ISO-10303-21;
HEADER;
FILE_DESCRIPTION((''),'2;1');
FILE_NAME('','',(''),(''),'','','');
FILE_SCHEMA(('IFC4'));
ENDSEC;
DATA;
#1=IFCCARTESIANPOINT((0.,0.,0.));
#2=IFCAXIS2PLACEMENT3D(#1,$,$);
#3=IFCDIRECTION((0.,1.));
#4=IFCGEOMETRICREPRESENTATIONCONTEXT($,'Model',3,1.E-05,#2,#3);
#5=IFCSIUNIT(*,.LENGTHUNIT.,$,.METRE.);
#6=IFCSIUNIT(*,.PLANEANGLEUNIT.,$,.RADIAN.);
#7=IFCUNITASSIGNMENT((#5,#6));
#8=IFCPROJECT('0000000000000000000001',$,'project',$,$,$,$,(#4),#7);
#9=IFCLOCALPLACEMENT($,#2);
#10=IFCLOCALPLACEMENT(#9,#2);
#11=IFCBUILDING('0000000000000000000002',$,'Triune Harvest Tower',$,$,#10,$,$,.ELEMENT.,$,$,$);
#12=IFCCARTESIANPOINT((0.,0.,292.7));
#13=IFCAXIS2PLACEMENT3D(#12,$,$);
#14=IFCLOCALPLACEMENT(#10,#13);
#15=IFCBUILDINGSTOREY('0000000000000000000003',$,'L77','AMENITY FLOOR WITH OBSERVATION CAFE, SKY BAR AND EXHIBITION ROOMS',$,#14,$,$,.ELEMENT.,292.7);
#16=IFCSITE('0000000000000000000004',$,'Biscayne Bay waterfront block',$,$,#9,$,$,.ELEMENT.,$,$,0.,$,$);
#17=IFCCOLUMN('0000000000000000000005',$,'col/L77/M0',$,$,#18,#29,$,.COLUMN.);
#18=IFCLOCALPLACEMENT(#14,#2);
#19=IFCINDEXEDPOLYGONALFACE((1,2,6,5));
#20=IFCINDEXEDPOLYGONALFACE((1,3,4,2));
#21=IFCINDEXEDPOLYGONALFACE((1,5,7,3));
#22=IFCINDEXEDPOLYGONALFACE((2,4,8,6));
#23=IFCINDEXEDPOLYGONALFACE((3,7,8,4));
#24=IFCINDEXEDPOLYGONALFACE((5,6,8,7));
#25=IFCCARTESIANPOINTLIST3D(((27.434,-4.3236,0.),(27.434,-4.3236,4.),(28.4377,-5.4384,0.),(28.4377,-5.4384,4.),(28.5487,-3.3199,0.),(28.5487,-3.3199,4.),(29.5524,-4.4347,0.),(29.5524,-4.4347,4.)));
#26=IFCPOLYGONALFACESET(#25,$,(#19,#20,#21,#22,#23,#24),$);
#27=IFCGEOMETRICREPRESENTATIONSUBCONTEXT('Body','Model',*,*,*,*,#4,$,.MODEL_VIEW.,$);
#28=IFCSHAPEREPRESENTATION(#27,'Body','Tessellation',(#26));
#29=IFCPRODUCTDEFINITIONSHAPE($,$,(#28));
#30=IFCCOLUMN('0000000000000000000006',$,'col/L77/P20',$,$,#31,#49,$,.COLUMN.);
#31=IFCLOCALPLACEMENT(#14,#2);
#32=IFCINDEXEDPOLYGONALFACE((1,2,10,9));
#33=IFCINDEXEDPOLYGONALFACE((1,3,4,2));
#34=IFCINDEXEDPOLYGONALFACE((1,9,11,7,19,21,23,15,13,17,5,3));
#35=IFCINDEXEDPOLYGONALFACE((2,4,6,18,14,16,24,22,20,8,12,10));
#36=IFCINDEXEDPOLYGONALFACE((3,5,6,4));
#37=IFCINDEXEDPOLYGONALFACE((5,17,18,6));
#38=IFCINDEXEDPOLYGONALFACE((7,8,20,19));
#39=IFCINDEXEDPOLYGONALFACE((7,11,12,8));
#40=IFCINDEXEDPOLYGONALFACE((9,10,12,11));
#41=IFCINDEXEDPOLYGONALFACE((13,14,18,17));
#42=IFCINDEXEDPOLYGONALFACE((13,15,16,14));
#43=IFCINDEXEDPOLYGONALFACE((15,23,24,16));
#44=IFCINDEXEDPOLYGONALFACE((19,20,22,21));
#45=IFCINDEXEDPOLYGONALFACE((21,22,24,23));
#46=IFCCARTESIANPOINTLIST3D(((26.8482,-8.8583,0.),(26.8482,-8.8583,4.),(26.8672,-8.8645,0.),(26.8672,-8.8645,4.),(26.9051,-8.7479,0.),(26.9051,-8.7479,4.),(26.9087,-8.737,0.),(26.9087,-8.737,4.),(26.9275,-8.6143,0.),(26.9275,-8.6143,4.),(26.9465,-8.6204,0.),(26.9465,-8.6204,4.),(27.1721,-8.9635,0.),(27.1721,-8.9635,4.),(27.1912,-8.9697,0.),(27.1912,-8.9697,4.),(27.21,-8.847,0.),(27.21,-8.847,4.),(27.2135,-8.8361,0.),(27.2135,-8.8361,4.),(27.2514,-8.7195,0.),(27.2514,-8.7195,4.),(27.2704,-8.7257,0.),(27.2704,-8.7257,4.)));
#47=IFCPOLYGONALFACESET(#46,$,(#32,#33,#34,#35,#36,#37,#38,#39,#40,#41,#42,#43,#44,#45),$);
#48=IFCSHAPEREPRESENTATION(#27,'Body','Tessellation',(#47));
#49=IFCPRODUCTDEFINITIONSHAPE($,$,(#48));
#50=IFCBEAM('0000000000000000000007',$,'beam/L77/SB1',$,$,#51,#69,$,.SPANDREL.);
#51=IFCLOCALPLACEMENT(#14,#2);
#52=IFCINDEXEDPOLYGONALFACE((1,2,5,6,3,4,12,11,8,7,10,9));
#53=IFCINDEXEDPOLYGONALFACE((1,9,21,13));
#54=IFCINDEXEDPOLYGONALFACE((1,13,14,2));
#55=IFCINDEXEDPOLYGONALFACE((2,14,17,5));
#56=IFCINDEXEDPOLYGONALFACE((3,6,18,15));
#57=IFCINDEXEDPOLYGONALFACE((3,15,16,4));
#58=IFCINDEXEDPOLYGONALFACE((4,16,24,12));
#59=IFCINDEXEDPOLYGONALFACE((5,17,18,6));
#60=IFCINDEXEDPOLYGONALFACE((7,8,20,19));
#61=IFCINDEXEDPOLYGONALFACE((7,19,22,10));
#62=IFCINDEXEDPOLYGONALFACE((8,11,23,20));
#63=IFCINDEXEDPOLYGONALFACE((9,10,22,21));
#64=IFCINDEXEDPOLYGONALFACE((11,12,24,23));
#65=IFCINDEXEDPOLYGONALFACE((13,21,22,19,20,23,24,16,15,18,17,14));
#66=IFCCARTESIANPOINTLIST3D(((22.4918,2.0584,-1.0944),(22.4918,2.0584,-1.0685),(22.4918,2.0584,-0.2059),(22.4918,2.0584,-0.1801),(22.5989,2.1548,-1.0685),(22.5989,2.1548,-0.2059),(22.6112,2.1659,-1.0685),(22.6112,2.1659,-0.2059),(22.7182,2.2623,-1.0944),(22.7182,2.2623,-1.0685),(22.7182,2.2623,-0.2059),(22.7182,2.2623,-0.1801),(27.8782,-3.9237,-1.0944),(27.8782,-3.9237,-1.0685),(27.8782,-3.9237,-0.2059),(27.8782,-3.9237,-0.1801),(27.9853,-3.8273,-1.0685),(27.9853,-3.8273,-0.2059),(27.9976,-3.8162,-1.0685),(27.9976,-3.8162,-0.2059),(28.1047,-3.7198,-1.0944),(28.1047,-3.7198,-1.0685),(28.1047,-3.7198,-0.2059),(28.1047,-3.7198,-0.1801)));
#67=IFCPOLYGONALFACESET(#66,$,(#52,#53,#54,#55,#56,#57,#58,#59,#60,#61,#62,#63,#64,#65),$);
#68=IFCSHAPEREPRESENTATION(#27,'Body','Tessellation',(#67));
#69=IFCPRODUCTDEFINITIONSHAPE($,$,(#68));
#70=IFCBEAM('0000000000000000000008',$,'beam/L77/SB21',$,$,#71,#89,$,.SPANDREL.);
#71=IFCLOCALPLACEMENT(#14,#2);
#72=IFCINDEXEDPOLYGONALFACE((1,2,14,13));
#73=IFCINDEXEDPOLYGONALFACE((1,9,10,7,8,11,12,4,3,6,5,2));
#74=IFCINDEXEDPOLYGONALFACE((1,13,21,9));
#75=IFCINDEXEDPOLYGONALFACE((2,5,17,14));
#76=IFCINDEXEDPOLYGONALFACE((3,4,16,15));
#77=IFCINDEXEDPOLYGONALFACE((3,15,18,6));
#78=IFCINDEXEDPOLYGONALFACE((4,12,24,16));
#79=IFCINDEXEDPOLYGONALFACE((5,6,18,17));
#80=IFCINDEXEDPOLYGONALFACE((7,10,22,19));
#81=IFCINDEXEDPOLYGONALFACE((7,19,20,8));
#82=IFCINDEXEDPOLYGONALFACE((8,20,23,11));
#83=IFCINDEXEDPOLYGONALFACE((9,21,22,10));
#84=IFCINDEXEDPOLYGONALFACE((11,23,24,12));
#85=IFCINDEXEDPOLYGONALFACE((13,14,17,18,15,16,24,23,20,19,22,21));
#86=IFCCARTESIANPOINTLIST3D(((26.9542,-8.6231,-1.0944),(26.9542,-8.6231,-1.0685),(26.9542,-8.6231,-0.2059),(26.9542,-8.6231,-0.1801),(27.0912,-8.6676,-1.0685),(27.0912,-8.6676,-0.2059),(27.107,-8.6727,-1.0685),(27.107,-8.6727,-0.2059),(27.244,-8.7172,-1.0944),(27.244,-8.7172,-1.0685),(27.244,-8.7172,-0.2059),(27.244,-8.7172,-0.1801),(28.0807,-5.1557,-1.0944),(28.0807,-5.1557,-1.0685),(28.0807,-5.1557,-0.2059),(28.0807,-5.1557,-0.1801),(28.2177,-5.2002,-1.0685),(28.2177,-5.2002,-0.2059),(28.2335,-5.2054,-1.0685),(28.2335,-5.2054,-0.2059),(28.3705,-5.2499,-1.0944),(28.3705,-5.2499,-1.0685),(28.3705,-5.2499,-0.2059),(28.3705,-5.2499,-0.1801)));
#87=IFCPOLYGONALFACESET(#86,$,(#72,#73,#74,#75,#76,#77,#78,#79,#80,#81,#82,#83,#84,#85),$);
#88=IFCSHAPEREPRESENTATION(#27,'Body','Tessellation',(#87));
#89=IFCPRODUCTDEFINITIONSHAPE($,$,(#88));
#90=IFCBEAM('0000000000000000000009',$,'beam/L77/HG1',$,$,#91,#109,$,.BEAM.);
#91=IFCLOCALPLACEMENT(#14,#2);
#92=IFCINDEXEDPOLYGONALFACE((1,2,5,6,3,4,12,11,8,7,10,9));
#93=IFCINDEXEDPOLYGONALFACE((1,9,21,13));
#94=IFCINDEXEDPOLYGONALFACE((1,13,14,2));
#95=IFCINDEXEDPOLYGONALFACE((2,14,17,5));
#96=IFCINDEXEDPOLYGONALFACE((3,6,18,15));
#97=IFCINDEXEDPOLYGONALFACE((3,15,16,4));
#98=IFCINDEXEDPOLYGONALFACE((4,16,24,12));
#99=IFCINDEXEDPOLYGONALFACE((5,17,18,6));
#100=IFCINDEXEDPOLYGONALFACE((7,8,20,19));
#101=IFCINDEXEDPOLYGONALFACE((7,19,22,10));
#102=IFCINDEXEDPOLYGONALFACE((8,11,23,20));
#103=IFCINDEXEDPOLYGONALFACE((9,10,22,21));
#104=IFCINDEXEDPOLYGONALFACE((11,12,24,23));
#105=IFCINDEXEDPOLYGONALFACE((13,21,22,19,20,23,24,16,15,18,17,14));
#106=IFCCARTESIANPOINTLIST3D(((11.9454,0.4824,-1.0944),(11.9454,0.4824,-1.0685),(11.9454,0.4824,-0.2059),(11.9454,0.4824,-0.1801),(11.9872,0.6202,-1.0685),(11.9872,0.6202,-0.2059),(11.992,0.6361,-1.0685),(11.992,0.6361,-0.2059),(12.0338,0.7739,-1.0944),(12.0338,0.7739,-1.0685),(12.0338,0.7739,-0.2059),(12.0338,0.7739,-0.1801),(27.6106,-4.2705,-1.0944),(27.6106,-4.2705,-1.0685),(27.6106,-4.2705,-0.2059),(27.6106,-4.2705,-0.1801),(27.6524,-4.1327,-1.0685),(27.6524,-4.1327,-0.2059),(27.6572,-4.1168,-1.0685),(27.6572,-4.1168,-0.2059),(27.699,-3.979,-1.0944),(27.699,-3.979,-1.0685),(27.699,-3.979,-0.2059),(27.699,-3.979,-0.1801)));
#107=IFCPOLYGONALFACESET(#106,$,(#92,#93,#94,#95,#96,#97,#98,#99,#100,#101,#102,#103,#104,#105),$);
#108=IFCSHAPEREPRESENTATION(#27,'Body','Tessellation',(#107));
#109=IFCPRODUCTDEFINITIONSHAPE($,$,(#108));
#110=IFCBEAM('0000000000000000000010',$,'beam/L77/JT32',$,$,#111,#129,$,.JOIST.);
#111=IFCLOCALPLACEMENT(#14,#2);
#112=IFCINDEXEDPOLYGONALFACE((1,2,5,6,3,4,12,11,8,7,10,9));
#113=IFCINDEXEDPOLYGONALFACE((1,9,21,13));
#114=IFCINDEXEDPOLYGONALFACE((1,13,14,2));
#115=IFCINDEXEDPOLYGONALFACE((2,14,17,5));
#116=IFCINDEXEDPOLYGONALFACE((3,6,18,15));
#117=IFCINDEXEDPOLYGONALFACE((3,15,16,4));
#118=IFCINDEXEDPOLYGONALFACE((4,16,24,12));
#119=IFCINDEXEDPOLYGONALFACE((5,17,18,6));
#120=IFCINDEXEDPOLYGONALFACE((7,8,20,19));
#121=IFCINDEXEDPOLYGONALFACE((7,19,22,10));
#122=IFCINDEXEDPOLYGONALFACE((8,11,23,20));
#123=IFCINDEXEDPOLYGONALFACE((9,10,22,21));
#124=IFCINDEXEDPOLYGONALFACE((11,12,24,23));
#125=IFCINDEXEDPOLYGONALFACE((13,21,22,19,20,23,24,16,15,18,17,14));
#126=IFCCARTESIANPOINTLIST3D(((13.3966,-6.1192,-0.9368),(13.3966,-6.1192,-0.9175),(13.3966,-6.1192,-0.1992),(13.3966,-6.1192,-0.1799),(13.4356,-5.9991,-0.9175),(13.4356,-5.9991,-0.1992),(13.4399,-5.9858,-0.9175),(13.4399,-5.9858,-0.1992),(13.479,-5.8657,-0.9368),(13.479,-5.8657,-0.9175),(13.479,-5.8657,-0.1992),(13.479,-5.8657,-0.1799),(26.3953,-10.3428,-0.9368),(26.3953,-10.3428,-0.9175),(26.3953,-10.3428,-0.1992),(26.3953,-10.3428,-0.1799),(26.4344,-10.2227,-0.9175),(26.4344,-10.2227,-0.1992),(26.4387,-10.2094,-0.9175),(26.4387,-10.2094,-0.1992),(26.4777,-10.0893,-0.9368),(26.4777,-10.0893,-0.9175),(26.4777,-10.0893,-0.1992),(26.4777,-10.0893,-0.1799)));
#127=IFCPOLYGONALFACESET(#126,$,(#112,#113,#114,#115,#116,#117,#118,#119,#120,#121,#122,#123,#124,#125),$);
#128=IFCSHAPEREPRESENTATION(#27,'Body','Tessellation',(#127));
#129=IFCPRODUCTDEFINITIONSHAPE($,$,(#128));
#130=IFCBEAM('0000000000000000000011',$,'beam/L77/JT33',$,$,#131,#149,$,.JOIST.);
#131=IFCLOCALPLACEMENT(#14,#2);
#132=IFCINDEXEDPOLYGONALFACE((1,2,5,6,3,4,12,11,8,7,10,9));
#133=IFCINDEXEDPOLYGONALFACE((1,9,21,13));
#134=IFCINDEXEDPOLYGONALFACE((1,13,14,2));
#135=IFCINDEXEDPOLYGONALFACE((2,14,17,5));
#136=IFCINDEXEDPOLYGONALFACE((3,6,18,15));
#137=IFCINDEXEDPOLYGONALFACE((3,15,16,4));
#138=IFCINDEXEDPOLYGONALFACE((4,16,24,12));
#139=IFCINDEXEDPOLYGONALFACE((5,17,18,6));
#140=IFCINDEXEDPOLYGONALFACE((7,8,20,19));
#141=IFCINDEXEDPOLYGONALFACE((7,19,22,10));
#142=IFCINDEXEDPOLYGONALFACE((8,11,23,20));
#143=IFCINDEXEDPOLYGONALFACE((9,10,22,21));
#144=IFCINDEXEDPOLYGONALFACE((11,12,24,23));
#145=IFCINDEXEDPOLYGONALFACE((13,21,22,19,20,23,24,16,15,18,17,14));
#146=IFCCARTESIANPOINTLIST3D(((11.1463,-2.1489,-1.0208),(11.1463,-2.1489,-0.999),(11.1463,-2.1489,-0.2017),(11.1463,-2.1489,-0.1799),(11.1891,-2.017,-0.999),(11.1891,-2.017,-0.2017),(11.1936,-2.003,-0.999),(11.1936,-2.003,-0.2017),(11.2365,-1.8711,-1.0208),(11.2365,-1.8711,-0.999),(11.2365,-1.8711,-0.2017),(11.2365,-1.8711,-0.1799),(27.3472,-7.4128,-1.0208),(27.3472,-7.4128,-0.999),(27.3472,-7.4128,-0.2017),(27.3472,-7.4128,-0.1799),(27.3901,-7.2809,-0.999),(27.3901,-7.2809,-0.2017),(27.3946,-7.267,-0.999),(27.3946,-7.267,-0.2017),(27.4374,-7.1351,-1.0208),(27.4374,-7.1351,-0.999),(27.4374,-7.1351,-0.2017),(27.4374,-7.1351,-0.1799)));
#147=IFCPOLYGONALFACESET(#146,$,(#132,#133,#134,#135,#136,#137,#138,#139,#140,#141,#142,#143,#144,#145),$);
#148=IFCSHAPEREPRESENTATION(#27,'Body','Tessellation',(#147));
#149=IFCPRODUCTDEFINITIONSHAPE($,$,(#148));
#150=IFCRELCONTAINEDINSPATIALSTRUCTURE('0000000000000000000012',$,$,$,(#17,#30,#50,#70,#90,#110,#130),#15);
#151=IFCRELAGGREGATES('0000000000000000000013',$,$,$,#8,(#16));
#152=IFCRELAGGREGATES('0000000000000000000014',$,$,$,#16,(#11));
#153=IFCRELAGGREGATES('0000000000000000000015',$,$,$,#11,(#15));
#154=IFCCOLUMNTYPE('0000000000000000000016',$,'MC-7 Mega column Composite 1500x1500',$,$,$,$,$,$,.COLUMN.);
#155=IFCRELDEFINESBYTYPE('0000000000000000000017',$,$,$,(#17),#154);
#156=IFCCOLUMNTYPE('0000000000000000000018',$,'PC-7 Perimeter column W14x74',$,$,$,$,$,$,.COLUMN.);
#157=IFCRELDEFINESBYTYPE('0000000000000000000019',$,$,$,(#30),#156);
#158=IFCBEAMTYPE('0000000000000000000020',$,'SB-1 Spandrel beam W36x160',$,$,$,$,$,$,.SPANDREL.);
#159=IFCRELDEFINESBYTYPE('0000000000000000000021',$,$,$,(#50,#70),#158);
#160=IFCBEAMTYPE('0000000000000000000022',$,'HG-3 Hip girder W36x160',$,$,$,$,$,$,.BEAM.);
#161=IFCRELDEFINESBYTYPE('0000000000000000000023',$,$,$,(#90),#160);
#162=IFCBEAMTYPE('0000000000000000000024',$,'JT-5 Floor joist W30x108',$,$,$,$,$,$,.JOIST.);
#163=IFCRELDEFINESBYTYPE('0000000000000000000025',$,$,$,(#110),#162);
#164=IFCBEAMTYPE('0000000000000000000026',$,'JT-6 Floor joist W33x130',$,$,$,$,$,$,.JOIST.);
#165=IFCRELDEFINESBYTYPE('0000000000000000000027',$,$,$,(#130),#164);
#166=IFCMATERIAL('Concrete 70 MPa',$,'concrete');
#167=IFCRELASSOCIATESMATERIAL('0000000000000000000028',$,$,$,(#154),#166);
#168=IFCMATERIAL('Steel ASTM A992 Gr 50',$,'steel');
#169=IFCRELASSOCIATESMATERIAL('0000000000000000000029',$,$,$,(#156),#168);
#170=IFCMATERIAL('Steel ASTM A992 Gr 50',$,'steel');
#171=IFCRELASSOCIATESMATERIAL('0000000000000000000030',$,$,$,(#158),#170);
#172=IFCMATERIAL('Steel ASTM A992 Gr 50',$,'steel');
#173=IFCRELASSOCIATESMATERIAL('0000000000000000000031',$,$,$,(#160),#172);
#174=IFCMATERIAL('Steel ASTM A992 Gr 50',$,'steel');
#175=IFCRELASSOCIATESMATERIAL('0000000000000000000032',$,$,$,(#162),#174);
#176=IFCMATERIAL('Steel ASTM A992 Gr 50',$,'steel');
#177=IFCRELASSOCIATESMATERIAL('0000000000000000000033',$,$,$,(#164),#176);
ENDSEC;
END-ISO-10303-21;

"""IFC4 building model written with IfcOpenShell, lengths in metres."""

from ifc_helpers import new_model, si_unit, direction, frame, origin, origin_2d, place, context, subcontext, project, spatial, rectangle, i_section, extrude, source, transform, mapped, material, material_profile, profile_set, type_object, element, save


model = new_model("IFC4")

# Units and contexts
model_context = context("Model", 3, precision=1e-05, world=origin(), true_north=direction((0.0, 1.0)))
body_context = subcontext(model_context, "Body", "Model", "MODEL_VIEW")
ifc_project = project(units=[si_unit("LENGTHUNIT", "METRE"), si_unit("PLANEANGLEUNIT", "RADIAN")], contexts=[model_context])

# Site, building, storey
site_placement = place(None, origin())
site = spatial("IfcSite", under=ifc_project, at=site_placement, Name="Biscayne Bay waterfront block", CompositionType="ELEMENT", RefElevation=0.0)
building_placement = place(site_placement, origin())
building = spatial("IfcBuilding", under=site, at=building_placement, Name="Triune Harvest Tower", CompositionType="ELEMENT")
storey_placement = place(building_placement, frame((0.0, 0.0, 292.7)))
storey = spatial("IfcBuildingStorey", under=building, at=storey_placement, Name="L77", Description="AMENITY FLOOR WITH OBSERVATION CAFE, SKY BAR AND EXHIBITION ROOMS", CompositionType="ELEMENT", Elevation=292.7)

# Columns
ifc_material_1 = material(Name="Concrete 70 MPa", Category="concrete")
ifc_material_profile_1 = material_profile(ifc_material_1, rectangle(XDim=1.5, YDim=1.5, at=origin_2d()), Name="Composite 1500x1500")
ifc_profile_set_1 = profile_set([ifc_material_profile_1], Name="Concrete 70 MPa")
column_type_1 = type_object("IfcColumnType", Name="MC-7 Mega column Composite 1500x1500", PredefinedType="COLUMN", material=ifc_profile_set_1)
shared_shape_1 = source(origin(), body_context, "Body", "SweptSolid", [
    extrude(rectangle(XDim=1.5, YDim=1.5, at=origin_2d()), origin(), (0.0, 0.0, 1.0), 4.0),
])
column_1_placement = place(storey_placement, frame((28.4932, -4.3792, 0.0), z_axis=(0.0, 0.0, 1.0), x_axis=(-0.669131, 0.743145, 0.0)))
element("IfcColumn", 1, at=column_1_placement, inside=storey, type_object=column_type_1, Name="col/L77/M0", PredefinedType="COLUMN", context=body_context, shape_type="MappedRepresentation", body=[
    mapped(shared_shape_1, transform((0.0, 0.0, 0.0), scale=1.0)),
])
ifc_material_2 = material(Name="Steel ASTM A992 Gr 50", Category="steel")
ifc_material_profile_2 = material_profile(ifc_material_2, i_section(OverallWidth=0.2566, OverallDepth=0.3606, WebThickness=0.0115, FlangeThickness=0.02, at=origin_2d()), Name="W14x74")
ifc_profile_set_2 = profile_set([ifc_material_profile_2], Name="Steel ASTM A992 Gr 50")
column_type_2 = type_object("IfcColumnType", Name="PC-7 Perimeter column W14x74", PredefinedType="COLUMN", material=ifc_profile_set_2)
shared_shape_2 = source(origin(), body_context, "Body", "SweptSolid", [
    extrude(i_section(OverallWidth=0.2566, OverallDepth=0.3606, WebThickness=0.0115, FlangeThickness=0.02, at=origin_2d()), origin(), (0.0, 0.0, 1.0), 4.0),
])
column_2_placement = place(storey_placement, frame((27.0593, -8.792, 0.0), z_axis=(0.0, 0.0, 1.0), x_axis=(0.309017, 0.951057, 0.0)))
element("IfcColumn", 2, at=column_2_placement, inside=storey, type_object=column_type_2, Name="col/L77/P20", PredefinedType="COLUMN", context=body_context, shape_type="MappedRepresentation", body=[
    mapped(shared_shape_2, transform((0.0, 0.0, 0.0), scale=1.0)),
])

# Beams
ifc_material_3 = material(Name="Steel ASTM A992 Gr 50", Category="steel")
ifc_material_profile_3 = material_profile(ifc_material_3, i_section(OverallWidth=0.3047, OverallDepth=0.9143, WebThickness=0.0166, FlangeThickness=0.0259, at=origin_2d()), Name="W36x160")
ifc_profile_set_3 = profile_set([ifc_material_profile_3], Name="Steel ASTM A992 Gr 50")
beam_type_1 = type_object("IfcBeamType", Name="SB-1 Spandrel beam W36x160", PredefinedType="SPANDREL", material=ifc_profile_set_3)
shared_shape_3 = source(origin(), body_context, "Body", "SweptSolid", [
    extrude(i_section(OverallWidth=0.3047, OverallDepth=0.9143, WebThickness=0.0166, FlangeThickness=0.0259, at=origin_2d()), origin(), (0.0, 0.0, 1.0), 8.0498),
])
beam_1_placement = place(storey_placement, frame((27.9915, -3.8218, -0.6372), z_axis=(-0.669137, 0.743139, 0.0), x_axis=(-0.743139, -0.669137, 0.0)))
element("IfcBeam", 3, at=beam_1_placement, inside=storey, type_object=beam_type_1, Name="beam/L77/SB1", PredefinedType="SPANDREL", context=body_context, shape_type="MappedRepresentation", body=[
    mapped(shared_shape_3, transform((0.0, 0.0, 0.0), scale=1.0)),
])
shared_shape_4 = source(origin(), body_context, "Body", "SweptSolid", [
    extrude(i_section(OverallWidth=0.3047, OverallDepth=0.9143, WebThickness=0.0166, FlangeThickness=0.0259, at=origin_2d()), origin(), (0.0, 0.0, 1.0), 3.6458),
])
beam_2_placement = place(storey_placement, frame((27.0991, -8.6702, -0.6372), z_axis=(0.308986, 0.951067, 0.0), x_axis=(-0.951067, 0.308986, 0.0)))
element("IfcBeam", 4, at=beam_2_placement, inside=storey, type_object=beam_type_1, Name="beam/L77/SB21", PredefinedType="SPANDREL", context=body_context, shape_type="MappedRepresentation", body=[
    mapped(shared_shape_4, transform((0.0, 0.0, 0.0), scale=1.0)),
])
ifc_material_4 = material(Name="Steel ASTM A992 Gr 50", Category="steel")
ifc_material_profile_4 = material_profile(ifc_material_4, i_section(OverallWidth=0.3047, OverallDepth=0.9143, WebThickness=0.0166, FlangeThickness=0.0259, at=origin_2d()), Name="W36x160")
ifc_profile_set_4 = profile_set([ifc_material_profile_4], Name="Steel ASTM A992 Gr 50")
beam_type_2 = type_object("IfcBeamType", Name="HG-3 Hip girder W36x160", PredefinedType="BEAM", material=ifc_profile_set_4)
shared_shape_5 = source(origin(), body_context, "Body", "SweptSolid", [
    extrude(i_section(OverallWidth=0.3047, OverallDepth=0.9143, WebThickness=0.0166, FlangeThickness=0.0259, at=origin_2d()), origin(), (0.0, 0.0, 1.0), 16.3704),
])
beam_3_placement = place(storey_placement, frame((27.6548, -4.1248, -0.6372), z_axis=(-0.956925, 0.290336, 0.0), x_axis=(-0.290336, -0.956925, 0.0)))
element("IfcBeam", 5, at=beam_3_placement, inside=storey, type_object=beam_type_2, Name="beam/L77/HG1", PredefinedType="BEAM", context=body_context, shape_type="MappedRepresentation", body=[
    mapped(shared_shape_5, transform((0.0, 0.0, 0.0), scale=1.0)),
])
ifc_material_5 = material(Name="Steel ASTM A992 Gr 50", Category="steel")
ifc_material_profile_5 = material_profile(ifc_material_5, i_section(OverallWidth=0.2666, OverallDepth=0.7568, WebThickness=0.0139, FlangeThickness=0.0193, at=origin_2d()), Name="W30x108")
ifc_profile_set_5 = profile_set([ifc_material_profile_5], Name="Steel ASTM A992 Gr 50")
beam_type_3 = type_object("IfcBeamType", Name="JT-5 Floor joist W30x108", PredefinedType="JOIST", material=ifc_profile_set_5)
shared_shape_6 = source(origin(), body_context, "Body", "SweptSolid", [
    extrude(i_section(OverallWidth=0.2666, OverallDepth=0.7568, WebThickness=0.0139, FlangeThickness=0.0193, at=origin_2d()), origin(), (0.0, 0.0, 1.0), 13.6677),
])
beam_4_placement = place(storey_placement, frame((26.4365, -10.2161, -0.5583), z_axis=(-0.951055, 0.309022, 0.0), x_axis=(-0.309022, -0.951055, 0.0)))
element("IfcBeam", 6, at=beam_4_placement, inside=storey, type_object=beam_type_3, Name="beam/L77/JT32", PredefinedType="JOIST", context=body_context, shape_type="MappedRepresentation", body=[
    mapped(shared_shape_6, transform((0.0, 0.0, 0.0), scale=1.0)),
])
ifc_material_6 = material(Name="Steel ASTM A992 Gr 50", Category="steel")
ifc_material_profile_6 = material_profile(ifc_material_6, i_section(OverallWidth=0.292, OverallDepth=0.8408, WebThickness=0.0146, FlangeThickness=0.0217, at=origin_2d()), Name="W33x130")
ifc_profile_set_6 = profile_set([ifc_material_profile_6], Name="Steel ASTM A992 Gr 50")
beam_type_4 = type_object("IfcBeamType", Name="JT-6 Floor joist W33x130", PredefinedType="JOIST", material=ifc_profile_set_6)
shared_shape_7 = source(origin(), body_context, "Body", "SweptSolid", [
    extrude(i_section(OverallWidth=0.292, OverallDepth=0.8408, WebThickness=0.0146, FlangeThickness=0.0217, at=origin_2d()), origin(), (0.0, 0.0, 1.0), 17.0347),
])
beam_5_placement = place(storey_placement, frame((27.3923, -7.2739, -0.6003), z_axis=(-0.951058, 0.309013, 0.0), x_axis=(-0.309013, -0.951058, 0.0)))
element("IfcBeam", 7, at=beam_5_placement, inside=storey, type_object=beam_type_4, Name="beam/L77/JT33", PredefinedType="JOIST", context=body_context, shape_type="MappedRepresentation", body=[
    mapped(shared_shape_7, transform((0.0, 0.0, 0.0), scale=1.0)),
])

save(model, "model.ifc")
